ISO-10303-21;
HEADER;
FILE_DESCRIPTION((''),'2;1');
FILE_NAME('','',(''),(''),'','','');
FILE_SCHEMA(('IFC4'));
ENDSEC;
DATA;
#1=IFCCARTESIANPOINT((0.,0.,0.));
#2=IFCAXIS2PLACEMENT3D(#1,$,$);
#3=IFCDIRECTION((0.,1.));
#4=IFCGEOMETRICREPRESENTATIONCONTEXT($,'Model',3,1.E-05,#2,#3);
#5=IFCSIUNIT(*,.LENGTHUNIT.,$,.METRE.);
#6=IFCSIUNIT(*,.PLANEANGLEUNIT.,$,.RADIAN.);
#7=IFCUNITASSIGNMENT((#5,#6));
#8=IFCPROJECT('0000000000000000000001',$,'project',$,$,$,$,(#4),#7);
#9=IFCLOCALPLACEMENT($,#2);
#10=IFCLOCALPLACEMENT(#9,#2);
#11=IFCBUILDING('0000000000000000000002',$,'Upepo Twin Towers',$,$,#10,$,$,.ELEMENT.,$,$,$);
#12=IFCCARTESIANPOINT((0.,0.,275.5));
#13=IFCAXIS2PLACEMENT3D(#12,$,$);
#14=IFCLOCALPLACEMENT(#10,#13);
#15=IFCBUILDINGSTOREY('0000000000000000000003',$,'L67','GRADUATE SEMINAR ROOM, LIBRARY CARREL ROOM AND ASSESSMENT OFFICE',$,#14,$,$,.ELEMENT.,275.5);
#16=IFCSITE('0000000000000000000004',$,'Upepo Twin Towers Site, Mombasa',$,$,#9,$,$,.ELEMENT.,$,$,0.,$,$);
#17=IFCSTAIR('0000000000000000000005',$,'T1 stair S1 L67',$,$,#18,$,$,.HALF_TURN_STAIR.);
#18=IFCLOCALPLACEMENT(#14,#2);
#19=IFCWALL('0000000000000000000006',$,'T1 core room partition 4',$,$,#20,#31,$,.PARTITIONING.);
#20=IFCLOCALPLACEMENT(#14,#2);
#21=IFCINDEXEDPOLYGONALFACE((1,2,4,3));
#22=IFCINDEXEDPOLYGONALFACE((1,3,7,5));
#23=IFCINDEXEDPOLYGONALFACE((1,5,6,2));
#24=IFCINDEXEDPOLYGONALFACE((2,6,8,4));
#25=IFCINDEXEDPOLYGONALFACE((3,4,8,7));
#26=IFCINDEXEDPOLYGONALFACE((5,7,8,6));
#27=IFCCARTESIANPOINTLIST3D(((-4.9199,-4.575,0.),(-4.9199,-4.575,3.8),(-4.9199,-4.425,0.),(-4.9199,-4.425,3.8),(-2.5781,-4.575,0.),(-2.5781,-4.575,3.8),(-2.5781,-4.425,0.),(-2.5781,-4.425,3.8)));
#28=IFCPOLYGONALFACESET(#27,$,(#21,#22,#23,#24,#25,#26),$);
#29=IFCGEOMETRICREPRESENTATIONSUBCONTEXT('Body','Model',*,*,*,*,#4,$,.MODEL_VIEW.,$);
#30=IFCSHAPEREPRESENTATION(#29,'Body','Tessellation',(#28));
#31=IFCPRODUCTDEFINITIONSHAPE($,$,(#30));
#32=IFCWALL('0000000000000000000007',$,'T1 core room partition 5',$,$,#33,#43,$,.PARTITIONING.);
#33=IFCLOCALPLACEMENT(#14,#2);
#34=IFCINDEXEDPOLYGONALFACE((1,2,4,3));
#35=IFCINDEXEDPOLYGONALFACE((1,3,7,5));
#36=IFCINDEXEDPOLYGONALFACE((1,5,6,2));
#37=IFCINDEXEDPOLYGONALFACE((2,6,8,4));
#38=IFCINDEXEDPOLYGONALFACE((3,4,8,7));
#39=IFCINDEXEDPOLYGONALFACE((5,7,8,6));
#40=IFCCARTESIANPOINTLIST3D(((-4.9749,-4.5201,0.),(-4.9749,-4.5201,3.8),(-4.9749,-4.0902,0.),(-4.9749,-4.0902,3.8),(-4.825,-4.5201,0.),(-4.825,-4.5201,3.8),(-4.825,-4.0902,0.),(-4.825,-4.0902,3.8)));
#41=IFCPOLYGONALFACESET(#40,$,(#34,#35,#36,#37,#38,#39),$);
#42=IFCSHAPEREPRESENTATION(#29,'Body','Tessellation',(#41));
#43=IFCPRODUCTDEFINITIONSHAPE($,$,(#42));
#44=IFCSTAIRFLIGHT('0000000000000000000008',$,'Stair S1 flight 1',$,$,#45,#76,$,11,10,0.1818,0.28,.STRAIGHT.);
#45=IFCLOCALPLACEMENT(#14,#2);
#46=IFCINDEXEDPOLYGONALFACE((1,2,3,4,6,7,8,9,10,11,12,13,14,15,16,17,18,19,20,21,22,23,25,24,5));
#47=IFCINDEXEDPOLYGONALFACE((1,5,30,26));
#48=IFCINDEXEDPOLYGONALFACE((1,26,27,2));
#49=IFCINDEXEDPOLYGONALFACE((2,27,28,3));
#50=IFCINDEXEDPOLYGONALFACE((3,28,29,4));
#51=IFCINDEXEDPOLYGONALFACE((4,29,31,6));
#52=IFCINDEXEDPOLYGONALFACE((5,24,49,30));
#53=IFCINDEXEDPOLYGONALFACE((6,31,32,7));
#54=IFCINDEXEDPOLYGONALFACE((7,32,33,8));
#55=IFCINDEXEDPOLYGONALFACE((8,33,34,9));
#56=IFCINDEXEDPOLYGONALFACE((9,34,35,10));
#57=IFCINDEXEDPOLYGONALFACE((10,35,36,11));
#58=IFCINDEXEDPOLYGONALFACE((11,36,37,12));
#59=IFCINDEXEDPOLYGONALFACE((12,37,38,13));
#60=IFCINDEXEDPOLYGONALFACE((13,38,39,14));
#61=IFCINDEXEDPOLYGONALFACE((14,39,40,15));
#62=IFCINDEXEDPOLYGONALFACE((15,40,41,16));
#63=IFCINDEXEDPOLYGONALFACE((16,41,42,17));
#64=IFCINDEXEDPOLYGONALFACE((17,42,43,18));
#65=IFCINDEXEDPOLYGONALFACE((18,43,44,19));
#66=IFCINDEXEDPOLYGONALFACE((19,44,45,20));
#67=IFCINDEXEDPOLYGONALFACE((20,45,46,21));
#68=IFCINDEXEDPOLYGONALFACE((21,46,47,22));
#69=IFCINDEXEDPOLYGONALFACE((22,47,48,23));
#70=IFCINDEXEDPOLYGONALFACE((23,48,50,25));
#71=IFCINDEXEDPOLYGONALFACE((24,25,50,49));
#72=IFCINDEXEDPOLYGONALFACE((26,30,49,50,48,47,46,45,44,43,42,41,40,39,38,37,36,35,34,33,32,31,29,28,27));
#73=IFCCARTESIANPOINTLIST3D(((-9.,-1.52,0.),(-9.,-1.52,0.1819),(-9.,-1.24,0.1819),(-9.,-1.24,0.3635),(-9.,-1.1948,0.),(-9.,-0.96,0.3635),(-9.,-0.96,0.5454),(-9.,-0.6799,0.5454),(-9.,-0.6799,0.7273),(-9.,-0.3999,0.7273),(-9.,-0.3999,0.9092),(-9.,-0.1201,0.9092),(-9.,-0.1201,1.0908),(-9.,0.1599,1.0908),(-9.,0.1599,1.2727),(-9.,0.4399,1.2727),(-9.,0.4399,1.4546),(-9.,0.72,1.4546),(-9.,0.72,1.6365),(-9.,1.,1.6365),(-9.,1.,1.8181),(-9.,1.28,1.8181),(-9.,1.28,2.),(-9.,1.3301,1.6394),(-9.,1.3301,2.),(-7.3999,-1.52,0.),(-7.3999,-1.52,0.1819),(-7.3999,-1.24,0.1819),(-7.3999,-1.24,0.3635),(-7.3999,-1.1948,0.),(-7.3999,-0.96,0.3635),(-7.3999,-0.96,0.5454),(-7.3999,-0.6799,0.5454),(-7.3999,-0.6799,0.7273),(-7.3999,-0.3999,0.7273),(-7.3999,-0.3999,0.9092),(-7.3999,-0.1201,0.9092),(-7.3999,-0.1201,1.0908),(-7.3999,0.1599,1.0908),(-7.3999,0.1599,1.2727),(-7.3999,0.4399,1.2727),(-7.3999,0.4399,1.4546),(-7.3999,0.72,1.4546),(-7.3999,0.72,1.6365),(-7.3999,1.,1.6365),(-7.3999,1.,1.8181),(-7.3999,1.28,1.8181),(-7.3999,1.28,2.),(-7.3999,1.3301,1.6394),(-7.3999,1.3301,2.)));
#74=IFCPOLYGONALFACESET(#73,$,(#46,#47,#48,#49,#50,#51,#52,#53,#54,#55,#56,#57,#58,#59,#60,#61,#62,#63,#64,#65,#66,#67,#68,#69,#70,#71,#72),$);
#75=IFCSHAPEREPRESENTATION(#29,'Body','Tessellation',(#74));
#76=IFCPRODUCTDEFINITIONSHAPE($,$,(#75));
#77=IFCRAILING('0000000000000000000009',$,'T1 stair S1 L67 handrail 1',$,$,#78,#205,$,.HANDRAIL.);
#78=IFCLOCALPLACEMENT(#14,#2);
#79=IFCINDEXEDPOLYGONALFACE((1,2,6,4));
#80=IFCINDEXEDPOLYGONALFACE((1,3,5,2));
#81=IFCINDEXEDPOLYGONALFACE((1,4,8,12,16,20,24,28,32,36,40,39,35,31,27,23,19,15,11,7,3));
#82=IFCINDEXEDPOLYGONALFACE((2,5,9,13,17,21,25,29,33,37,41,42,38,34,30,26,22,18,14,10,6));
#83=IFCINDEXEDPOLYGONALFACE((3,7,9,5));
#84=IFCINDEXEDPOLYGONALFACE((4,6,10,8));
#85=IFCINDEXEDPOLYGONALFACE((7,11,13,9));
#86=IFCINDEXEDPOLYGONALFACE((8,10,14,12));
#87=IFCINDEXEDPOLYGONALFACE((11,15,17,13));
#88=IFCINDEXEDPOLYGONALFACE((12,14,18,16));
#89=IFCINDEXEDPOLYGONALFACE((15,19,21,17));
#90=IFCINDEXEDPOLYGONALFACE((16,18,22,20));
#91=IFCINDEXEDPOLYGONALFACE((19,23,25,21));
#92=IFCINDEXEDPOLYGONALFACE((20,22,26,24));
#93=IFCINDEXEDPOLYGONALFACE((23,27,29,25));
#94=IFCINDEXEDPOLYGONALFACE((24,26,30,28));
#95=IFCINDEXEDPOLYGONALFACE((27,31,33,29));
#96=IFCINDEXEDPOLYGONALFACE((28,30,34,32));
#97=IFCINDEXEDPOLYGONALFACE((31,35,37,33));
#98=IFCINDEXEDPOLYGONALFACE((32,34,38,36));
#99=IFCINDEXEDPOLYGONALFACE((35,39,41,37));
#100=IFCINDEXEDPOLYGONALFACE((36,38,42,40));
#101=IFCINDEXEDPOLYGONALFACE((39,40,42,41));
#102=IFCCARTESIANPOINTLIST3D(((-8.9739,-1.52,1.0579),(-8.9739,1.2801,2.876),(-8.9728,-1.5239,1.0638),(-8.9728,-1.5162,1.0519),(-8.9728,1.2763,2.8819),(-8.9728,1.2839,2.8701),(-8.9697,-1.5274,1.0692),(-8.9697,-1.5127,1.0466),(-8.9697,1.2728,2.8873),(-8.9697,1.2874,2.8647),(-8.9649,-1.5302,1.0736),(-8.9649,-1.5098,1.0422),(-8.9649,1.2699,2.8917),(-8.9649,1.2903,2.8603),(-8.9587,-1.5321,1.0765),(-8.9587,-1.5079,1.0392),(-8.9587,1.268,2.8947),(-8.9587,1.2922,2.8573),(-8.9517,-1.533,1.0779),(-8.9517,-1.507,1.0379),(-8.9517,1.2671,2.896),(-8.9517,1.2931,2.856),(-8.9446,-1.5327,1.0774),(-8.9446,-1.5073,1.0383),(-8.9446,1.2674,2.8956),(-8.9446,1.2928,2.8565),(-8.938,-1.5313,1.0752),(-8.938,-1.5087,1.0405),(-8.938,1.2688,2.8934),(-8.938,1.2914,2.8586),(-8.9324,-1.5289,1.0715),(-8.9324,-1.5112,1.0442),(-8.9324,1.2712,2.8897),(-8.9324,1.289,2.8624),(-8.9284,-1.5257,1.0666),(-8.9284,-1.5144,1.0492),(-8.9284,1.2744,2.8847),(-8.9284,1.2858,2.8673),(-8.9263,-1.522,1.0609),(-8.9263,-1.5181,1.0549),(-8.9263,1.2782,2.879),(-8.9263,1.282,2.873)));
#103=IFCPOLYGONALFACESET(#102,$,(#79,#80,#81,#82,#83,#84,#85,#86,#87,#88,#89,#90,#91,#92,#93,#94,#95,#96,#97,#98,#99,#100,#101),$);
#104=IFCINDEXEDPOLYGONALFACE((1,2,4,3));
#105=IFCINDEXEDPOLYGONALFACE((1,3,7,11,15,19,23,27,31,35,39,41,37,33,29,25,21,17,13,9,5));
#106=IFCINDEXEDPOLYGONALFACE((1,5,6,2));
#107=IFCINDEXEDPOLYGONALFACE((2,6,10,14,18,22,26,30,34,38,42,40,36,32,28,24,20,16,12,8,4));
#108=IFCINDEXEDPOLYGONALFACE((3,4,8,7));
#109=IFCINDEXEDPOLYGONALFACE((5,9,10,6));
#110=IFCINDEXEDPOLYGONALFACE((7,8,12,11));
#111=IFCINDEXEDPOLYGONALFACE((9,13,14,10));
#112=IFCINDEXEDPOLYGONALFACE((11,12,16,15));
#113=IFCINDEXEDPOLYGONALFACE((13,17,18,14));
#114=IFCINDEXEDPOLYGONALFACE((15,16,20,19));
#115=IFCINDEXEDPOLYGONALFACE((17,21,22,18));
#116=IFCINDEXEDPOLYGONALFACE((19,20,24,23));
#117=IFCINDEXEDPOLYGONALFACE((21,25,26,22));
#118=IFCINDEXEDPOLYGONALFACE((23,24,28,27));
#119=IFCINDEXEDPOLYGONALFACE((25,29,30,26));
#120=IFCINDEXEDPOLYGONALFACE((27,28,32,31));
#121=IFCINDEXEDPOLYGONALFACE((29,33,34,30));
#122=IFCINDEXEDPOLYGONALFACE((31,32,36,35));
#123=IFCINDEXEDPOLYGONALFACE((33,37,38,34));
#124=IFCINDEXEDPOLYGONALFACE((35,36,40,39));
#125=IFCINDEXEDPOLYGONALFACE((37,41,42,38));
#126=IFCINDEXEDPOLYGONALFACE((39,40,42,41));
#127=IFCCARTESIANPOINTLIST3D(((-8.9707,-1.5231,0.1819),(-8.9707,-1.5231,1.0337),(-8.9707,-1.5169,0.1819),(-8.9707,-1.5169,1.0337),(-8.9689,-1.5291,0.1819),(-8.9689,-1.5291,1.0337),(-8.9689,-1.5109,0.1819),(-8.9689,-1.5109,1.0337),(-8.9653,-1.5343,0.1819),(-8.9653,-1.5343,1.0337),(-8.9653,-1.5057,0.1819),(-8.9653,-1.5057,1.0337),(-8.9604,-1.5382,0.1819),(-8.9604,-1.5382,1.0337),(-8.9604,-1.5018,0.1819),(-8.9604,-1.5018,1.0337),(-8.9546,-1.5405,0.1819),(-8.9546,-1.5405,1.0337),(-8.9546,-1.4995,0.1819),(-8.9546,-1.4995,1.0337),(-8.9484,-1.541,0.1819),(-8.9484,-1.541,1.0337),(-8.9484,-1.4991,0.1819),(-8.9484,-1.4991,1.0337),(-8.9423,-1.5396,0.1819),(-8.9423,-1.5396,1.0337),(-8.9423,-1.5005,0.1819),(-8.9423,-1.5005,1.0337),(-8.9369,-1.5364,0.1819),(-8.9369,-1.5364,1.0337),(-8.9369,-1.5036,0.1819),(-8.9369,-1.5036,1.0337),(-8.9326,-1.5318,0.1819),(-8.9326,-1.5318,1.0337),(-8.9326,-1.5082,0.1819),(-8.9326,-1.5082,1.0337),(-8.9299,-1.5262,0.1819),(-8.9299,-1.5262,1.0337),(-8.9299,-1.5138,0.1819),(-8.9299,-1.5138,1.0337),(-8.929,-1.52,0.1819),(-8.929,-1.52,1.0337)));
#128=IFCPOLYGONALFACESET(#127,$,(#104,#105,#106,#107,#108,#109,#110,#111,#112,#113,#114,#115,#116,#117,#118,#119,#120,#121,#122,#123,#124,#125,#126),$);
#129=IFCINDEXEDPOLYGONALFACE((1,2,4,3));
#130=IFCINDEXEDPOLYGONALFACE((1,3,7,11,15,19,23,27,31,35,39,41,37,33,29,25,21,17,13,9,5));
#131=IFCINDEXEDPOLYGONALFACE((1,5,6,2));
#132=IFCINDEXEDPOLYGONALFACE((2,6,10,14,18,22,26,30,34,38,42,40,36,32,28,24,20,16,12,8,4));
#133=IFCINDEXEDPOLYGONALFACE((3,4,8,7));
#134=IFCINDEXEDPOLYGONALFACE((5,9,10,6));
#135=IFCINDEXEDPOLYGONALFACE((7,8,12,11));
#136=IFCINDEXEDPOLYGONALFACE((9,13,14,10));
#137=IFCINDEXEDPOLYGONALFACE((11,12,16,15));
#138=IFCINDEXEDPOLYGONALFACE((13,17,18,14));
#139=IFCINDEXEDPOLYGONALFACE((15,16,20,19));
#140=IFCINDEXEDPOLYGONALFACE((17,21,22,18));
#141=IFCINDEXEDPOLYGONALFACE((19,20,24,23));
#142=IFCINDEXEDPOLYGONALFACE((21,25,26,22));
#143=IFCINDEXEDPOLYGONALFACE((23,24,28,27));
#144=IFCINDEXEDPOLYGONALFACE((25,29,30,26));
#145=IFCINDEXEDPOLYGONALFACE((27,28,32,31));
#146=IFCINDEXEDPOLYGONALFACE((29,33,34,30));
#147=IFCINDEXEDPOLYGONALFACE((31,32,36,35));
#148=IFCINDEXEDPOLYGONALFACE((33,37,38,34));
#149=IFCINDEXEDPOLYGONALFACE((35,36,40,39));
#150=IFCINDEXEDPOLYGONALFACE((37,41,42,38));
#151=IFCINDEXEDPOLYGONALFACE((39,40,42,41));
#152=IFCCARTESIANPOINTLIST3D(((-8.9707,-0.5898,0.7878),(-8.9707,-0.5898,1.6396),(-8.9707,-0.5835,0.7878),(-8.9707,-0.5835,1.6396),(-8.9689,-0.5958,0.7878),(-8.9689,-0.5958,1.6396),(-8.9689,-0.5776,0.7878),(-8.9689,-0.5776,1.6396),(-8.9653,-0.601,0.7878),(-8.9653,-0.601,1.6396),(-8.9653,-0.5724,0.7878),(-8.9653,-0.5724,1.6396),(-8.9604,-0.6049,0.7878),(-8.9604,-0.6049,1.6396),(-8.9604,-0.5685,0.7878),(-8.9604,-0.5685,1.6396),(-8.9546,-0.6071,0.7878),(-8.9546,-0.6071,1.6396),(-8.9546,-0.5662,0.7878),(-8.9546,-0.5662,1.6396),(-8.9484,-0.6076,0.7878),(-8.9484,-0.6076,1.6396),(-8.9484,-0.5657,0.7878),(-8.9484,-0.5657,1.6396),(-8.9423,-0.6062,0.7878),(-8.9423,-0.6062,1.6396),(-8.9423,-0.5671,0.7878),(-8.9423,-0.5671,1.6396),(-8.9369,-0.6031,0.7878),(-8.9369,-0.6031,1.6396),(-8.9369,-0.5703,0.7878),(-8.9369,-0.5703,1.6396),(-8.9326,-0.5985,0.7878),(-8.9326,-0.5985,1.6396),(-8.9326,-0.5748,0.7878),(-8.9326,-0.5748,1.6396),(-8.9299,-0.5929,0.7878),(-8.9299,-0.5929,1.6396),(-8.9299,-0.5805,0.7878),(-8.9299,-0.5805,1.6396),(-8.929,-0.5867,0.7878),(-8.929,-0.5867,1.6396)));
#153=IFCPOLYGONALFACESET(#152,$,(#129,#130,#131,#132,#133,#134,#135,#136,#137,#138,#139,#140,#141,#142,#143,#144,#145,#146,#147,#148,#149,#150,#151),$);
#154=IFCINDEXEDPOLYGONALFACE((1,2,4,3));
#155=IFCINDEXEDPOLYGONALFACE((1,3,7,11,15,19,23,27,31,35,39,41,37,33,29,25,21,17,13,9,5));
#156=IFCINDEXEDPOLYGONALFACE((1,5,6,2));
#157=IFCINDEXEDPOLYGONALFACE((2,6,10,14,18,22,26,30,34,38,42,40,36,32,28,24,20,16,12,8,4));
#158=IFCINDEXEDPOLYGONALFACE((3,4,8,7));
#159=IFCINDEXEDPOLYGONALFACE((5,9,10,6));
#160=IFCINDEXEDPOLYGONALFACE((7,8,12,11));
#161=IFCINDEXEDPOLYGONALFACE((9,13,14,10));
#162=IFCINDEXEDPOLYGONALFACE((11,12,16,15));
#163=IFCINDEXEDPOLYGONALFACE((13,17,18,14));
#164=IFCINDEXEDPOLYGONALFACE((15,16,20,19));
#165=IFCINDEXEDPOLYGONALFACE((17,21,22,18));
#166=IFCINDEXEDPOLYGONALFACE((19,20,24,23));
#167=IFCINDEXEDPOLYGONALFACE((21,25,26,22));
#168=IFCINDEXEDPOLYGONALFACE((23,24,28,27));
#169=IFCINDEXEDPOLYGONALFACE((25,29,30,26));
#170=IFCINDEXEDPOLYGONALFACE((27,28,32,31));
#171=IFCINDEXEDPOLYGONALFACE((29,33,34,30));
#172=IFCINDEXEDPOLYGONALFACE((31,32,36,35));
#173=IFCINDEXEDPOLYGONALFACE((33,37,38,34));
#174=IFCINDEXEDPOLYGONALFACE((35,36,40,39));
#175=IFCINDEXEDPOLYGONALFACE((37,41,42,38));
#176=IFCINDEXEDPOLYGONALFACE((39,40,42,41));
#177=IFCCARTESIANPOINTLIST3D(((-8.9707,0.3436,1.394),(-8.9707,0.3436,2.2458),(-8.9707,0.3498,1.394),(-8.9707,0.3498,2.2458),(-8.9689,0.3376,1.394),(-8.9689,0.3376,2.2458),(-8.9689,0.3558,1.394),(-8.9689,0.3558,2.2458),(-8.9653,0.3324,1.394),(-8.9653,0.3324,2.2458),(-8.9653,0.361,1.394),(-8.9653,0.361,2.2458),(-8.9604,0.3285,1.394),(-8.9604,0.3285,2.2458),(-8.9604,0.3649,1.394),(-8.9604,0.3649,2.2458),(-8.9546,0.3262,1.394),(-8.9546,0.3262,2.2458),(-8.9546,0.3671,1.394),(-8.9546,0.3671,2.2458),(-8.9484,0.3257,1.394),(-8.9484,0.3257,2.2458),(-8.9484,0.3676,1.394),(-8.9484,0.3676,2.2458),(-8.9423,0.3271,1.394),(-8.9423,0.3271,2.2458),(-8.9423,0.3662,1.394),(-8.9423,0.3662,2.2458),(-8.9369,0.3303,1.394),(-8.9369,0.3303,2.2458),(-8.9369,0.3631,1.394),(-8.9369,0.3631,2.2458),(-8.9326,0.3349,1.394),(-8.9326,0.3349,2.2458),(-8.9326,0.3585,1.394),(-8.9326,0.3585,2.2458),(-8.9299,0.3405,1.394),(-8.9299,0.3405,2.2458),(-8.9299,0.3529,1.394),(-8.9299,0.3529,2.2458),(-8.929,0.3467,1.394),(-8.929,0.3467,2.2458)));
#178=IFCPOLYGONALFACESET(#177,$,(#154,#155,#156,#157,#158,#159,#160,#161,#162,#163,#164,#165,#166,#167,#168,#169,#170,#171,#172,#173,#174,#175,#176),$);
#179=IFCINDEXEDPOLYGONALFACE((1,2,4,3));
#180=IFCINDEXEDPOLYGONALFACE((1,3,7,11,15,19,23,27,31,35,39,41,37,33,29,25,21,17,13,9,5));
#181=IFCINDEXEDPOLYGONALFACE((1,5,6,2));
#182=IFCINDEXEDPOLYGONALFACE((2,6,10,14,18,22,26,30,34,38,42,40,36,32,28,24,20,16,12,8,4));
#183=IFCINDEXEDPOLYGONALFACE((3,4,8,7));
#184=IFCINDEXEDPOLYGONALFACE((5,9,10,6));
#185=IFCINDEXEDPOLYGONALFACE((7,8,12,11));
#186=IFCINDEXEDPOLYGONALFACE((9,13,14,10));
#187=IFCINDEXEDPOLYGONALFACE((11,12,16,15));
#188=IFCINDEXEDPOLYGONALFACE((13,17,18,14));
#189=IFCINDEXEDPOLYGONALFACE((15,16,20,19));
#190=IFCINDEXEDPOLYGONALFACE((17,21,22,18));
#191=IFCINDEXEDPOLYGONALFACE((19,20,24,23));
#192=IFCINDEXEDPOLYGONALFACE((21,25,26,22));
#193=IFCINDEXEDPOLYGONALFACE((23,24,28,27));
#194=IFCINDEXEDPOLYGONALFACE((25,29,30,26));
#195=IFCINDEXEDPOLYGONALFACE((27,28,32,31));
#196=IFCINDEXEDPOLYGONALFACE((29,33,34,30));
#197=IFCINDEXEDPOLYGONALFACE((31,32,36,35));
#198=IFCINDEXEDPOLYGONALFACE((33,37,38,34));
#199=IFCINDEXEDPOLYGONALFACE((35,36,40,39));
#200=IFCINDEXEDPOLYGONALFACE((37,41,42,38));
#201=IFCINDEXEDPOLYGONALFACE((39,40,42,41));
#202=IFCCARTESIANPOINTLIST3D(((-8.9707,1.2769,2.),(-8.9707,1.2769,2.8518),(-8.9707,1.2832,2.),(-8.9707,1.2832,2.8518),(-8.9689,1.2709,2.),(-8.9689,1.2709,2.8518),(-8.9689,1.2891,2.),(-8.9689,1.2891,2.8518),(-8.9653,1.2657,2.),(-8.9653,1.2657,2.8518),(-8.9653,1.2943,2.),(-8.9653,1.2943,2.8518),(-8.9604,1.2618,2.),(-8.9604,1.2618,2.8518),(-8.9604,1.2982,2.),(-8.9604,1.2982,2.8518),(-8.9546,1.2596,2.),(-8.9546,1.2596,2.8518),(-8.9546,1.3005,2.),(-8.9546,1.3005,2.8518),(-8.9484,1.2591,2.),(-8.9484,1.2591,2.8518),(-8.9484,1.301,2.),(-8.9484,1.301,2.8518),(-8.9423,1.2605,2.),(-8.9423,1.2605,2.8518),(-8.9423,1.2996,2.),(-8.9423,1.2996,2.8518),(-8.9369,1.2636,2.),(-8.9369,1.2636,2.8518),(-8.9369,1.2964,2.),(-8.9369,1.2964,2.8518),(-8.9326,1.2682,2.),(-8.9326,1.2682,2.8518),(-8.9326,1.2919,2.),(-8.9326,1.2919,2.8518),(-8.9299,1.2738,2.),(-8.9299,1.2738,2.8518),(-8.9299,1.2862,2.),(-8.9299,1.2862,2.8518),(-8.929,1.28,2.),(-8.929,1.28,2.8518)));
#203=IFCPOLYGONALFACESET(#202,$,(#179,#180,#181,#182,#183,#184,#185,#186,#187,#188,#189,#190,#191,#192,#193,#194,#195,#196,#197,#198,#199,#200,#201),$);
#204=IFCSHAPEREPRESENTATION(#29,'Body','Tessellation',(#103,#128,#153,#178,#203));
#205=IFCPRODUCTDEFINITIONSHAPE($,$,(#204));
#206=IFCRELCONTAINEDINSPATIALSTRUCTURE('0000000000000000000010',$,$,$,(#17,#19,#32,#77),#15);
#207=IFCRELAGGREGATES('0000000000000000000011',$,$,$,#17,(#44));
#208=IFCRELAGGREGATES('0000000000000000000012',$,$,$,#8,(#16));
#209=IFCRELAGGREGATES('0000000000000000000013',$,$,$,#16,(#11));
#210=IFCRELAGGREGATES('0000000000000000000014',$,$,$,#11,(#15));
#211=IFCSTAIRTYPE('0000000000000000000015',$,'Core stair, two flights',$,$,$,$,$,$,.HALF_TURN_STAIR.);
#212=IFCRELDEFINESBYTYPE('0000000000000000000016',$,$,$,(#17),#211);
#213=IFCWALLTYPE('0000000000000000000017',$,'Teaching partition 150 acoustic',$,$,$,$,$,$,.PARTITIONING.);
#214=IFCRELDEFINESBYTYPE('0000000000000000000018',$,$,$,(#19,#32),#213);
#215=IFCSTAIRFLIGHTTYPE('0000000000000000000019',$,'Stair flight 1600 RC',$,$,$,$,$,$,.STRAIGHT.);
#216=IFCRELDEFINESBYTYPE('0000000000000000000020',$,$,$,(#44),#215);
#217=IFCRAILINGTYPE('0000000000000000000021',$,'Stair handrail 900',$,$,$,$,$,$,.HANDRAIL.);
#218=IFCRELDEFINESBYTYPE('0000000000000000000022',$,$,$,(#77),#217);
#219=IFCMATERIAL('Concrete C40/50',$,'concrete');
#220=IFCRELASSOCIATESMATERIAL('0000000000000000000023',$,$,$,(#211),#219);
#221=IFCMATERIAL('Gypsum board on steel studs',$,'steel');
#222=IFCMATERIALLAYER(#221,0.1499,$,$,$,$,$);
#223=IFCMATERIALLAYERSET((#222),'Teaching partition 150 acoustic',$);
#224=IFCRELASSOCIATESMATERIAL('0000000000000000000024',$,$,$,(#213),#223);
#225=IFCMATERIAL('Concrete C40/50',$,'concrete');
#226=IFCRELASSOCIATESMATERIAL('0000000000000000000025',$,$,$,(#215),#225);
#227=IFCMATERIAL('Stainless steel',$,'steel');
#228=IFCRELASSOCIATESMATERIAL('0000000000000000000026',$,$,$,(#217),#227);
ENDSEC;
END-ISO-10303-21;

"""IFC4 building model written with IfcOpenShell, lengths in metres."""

from ifc_helpers import new_model, si_unit, direction, frame, frame_2d, origin, origin_2d, place, context, subcontext, project, spatial, polyline, rectangle, circle, outline, extrude, material, layer, layer_set, type_object, element, aggregate, save


model = new_model("IFC4")

# Units and contexts
model_context = context("Model", 3, precision=1e-05, world=origin(), true_north=direction((0.0, 1.0)))
body_context = subcontext(model_context, "Body", "Model", "MODEL_VIEW")
ifc_project = project(units=[si_unit("LENGTHUNIT", "METRE"), si_unit("PLANEANGLEUNIT", "RADIAN")], contexts=[model_context])

# Site, building, storey
site_placement = place(None, origin())
site = spatial("IfcSite", under=ifc_project, at=site_placement, Name="Upepo Twin Towers Site, Mombasa", CompositionType="ELEMENT", RefElevation=0.0)
building_placement = place(site_placement, origin())
building = spatial("IfcBuilding", under=site, at=building_placement, Name="Upepo Twin Towers", CompositionType="ELEMENT")
storey_placement = place(building_placement, frame((0.0, 0.0, 275.5)))
storey = spatial("IfcBuildingStorey", under=building, at=storey_placement, Name="L67", Description="GRADUATE SEMINAR ROOM, LIBRARY CARREL ROOM AND ASSESSMENT OFFICE", CompositionType="ELEMENT", Elevation=275.5)

# Stair
ifc_material_1 = material(Name="Concrete C40/50", Category="concrete")
stair_type = type_object("IfcStairType", Name="Core stair, two flights", PredefinedType="HALF_TURN_STAIR", material=ifc_material_1)
stair_placement = place(storey_placement, origin())
stair = element("IfcStair", 1, at=stair_placement, inside=storey, type_object=stair_type, Name="T1 stair S1 L67", PredefinedType="HALF_TURN_STAIR")

# Shared definitions
ifc_material_2 = material(Name="Gypsum board on steel studs", Category="steel")
ifc_layer_1 = layer(ifc_material_2, 0.1499)
ifc_layer_set_1 = layer_set([ifc_layer_1], Name="Teaching partition 150 acoustic")
wall_type_1 = type_object("IfcWallType", Name="Teaching partition 150 acoustic", PredefinedType="PARTITIONING", material=ifc_layer_set_1)

# Walls
wall_1_placement = place(storey_placement, frame((-2.5781, -4.5, 0.0), z_axis=(0.0, 0.0, 1.0), x_axis=(-1.0, 0.0, 0.0)))
element("IfcWall", 2, at=wall_1_placement, inside=storey, type_object=wall_type_1, Name="T1 core room partition 4", PredefinedType="PARTITIONING", context=body_context, shape_type="SweptSolid", body=[
    extrude(rectangle(XDim=2.3418, YDim=0.1499, at=frame_2d((1.1709, 0.0))), origin(), (0.0, 0.0, 1.0), 3.8),
])
wall_2_placement = place(storey_placement, frame((-4.8999, -4.52, 0.0), z_axis=(0.0, 0.0, 1.0), x_axis=(0.0, 1.0, 0.0)))
element("IfcWall", 3, at=wall_2_placement, inside=storey, type_object=wall_type_1, Name="T1 core room partition 5", PredefinedType="PARTITIONING", context=body_context, shape_type="SweptSolid", body=[
    extrude(rectangle(XDim=0.4299, YDim=0.1499, at=frame_2d((0.2148, 0.0))), origin(), (0.0, 0.0, 1.0), 3.8),
])

# Stair flight
ifc_material_3 = material(Name="Concrete C40/50", Category="concrete")
stair_flight_type = type_object("IfcStairFlightType", Name="Stair flight 1600 RC", PredefinedType="STRAIGHT", material=ifc_material_3)
stair_flight_placement = place(storey_placement, frame((-8.2, -1.52, 0.0), z_axis=(0.0, 0.0, 1.0), x_axis=(0.0, 1.0, 0.0)))
stair_flight = element("IfcStairFlight", 4, at=stair_flight_placement, type_object=stair_flight_type, Name="Stair S1 flight 1", NumberOfRisers=11, NumberOfTreads=10, PredefinedType="STRAIGHT", RiserHeight=0.1818, TreadLength=0.28, context=body_context, shape_type="SweptSolid", body=[
    extrude(outline(polyline([(0.0, 0.0), (0.0, 0.1819), (0.28, 0.1819), (0.28, 0.3635), (0.5601, 0.3635), (0.5601, 0.5454), (0.8401, 0.5454), (0.8401, 0.7273), (1.1201, 0.7273), (1.1201, 0.9092), (1.3999, 0.9092), (1.3999, 1.0908), (1.6799, 1.0908), (1.6799, 1.2727), (1.96, 1.2727), (1.96, 1.4546), (2.24, 1.4546), (2.24, 1.6365), (2.52, 1.6365), (2.52, 1.8181), (2.8, 1.8181), (2.8, 2.0), (2.8501, 2.0), (2.8501, 1.6394), (0.3252, 0.0), (0.0, 0.0)])), frame((0.0, 0.8, 0.0), z_axis=(0.0, -1.0, 0.0), x_axis=(1.0, 0.0, 0.0)), (0.0, 0.0, 1.0), 1.6001),
])
aggregate(stair, [stair_flight])

# Railing
ifc_material_4 = material(Name="Stainless steel", Category="steel")
railing_type = type_object("IfcRailingType", Name="Stair handrail 900", PredefinedType="HANDRAIL", material=ifc_material_4)
railing_placement = place(storey_placement, frame((-8.95, -1.52, 0.1819)))
element("IfcRailing", 5, at=railing_placement, inside=storey, type_object=railing_type, Name="T1 stair S1 L67 handrail 1", PredefinedType="HANDRAIL", context=body_context, shape_type="SweptSolid", body=[
    extrude(circle(Radius=0.0239, at=origin_2d()), frame((0.0, 0.0, 0.876), z_axis=(0.0, 0.838706, 0.544585), x_axis=(-1.0, 0.0, 0.0)), (0.0, 0.0, 1.0), 3.3386),
    extrude(circle(Radius=0.021, at=origin_2d()), origin(), (0.0, 0.0, 1.0), 0.8518),
    extrude(circle(Radius=0.021, at=origin_2d()), frame((0.0, 0.9333, 0.606)), (0.0, 0.0, 1.0), 0.8518),
    extrude(circle(Radius=0.021, at=origin_2d()), frame((0.0, 1.8667, 1.2122)), (0.0, 0.0, 1.0), 0.8518),
    extrude(circle(Radius=0.021, at=origin_2d()), frame((0.0, 2.8, 1.8181)), (0.0, 0.0, 1.0), 0.8518),
])

save(model, "model.ifc")
